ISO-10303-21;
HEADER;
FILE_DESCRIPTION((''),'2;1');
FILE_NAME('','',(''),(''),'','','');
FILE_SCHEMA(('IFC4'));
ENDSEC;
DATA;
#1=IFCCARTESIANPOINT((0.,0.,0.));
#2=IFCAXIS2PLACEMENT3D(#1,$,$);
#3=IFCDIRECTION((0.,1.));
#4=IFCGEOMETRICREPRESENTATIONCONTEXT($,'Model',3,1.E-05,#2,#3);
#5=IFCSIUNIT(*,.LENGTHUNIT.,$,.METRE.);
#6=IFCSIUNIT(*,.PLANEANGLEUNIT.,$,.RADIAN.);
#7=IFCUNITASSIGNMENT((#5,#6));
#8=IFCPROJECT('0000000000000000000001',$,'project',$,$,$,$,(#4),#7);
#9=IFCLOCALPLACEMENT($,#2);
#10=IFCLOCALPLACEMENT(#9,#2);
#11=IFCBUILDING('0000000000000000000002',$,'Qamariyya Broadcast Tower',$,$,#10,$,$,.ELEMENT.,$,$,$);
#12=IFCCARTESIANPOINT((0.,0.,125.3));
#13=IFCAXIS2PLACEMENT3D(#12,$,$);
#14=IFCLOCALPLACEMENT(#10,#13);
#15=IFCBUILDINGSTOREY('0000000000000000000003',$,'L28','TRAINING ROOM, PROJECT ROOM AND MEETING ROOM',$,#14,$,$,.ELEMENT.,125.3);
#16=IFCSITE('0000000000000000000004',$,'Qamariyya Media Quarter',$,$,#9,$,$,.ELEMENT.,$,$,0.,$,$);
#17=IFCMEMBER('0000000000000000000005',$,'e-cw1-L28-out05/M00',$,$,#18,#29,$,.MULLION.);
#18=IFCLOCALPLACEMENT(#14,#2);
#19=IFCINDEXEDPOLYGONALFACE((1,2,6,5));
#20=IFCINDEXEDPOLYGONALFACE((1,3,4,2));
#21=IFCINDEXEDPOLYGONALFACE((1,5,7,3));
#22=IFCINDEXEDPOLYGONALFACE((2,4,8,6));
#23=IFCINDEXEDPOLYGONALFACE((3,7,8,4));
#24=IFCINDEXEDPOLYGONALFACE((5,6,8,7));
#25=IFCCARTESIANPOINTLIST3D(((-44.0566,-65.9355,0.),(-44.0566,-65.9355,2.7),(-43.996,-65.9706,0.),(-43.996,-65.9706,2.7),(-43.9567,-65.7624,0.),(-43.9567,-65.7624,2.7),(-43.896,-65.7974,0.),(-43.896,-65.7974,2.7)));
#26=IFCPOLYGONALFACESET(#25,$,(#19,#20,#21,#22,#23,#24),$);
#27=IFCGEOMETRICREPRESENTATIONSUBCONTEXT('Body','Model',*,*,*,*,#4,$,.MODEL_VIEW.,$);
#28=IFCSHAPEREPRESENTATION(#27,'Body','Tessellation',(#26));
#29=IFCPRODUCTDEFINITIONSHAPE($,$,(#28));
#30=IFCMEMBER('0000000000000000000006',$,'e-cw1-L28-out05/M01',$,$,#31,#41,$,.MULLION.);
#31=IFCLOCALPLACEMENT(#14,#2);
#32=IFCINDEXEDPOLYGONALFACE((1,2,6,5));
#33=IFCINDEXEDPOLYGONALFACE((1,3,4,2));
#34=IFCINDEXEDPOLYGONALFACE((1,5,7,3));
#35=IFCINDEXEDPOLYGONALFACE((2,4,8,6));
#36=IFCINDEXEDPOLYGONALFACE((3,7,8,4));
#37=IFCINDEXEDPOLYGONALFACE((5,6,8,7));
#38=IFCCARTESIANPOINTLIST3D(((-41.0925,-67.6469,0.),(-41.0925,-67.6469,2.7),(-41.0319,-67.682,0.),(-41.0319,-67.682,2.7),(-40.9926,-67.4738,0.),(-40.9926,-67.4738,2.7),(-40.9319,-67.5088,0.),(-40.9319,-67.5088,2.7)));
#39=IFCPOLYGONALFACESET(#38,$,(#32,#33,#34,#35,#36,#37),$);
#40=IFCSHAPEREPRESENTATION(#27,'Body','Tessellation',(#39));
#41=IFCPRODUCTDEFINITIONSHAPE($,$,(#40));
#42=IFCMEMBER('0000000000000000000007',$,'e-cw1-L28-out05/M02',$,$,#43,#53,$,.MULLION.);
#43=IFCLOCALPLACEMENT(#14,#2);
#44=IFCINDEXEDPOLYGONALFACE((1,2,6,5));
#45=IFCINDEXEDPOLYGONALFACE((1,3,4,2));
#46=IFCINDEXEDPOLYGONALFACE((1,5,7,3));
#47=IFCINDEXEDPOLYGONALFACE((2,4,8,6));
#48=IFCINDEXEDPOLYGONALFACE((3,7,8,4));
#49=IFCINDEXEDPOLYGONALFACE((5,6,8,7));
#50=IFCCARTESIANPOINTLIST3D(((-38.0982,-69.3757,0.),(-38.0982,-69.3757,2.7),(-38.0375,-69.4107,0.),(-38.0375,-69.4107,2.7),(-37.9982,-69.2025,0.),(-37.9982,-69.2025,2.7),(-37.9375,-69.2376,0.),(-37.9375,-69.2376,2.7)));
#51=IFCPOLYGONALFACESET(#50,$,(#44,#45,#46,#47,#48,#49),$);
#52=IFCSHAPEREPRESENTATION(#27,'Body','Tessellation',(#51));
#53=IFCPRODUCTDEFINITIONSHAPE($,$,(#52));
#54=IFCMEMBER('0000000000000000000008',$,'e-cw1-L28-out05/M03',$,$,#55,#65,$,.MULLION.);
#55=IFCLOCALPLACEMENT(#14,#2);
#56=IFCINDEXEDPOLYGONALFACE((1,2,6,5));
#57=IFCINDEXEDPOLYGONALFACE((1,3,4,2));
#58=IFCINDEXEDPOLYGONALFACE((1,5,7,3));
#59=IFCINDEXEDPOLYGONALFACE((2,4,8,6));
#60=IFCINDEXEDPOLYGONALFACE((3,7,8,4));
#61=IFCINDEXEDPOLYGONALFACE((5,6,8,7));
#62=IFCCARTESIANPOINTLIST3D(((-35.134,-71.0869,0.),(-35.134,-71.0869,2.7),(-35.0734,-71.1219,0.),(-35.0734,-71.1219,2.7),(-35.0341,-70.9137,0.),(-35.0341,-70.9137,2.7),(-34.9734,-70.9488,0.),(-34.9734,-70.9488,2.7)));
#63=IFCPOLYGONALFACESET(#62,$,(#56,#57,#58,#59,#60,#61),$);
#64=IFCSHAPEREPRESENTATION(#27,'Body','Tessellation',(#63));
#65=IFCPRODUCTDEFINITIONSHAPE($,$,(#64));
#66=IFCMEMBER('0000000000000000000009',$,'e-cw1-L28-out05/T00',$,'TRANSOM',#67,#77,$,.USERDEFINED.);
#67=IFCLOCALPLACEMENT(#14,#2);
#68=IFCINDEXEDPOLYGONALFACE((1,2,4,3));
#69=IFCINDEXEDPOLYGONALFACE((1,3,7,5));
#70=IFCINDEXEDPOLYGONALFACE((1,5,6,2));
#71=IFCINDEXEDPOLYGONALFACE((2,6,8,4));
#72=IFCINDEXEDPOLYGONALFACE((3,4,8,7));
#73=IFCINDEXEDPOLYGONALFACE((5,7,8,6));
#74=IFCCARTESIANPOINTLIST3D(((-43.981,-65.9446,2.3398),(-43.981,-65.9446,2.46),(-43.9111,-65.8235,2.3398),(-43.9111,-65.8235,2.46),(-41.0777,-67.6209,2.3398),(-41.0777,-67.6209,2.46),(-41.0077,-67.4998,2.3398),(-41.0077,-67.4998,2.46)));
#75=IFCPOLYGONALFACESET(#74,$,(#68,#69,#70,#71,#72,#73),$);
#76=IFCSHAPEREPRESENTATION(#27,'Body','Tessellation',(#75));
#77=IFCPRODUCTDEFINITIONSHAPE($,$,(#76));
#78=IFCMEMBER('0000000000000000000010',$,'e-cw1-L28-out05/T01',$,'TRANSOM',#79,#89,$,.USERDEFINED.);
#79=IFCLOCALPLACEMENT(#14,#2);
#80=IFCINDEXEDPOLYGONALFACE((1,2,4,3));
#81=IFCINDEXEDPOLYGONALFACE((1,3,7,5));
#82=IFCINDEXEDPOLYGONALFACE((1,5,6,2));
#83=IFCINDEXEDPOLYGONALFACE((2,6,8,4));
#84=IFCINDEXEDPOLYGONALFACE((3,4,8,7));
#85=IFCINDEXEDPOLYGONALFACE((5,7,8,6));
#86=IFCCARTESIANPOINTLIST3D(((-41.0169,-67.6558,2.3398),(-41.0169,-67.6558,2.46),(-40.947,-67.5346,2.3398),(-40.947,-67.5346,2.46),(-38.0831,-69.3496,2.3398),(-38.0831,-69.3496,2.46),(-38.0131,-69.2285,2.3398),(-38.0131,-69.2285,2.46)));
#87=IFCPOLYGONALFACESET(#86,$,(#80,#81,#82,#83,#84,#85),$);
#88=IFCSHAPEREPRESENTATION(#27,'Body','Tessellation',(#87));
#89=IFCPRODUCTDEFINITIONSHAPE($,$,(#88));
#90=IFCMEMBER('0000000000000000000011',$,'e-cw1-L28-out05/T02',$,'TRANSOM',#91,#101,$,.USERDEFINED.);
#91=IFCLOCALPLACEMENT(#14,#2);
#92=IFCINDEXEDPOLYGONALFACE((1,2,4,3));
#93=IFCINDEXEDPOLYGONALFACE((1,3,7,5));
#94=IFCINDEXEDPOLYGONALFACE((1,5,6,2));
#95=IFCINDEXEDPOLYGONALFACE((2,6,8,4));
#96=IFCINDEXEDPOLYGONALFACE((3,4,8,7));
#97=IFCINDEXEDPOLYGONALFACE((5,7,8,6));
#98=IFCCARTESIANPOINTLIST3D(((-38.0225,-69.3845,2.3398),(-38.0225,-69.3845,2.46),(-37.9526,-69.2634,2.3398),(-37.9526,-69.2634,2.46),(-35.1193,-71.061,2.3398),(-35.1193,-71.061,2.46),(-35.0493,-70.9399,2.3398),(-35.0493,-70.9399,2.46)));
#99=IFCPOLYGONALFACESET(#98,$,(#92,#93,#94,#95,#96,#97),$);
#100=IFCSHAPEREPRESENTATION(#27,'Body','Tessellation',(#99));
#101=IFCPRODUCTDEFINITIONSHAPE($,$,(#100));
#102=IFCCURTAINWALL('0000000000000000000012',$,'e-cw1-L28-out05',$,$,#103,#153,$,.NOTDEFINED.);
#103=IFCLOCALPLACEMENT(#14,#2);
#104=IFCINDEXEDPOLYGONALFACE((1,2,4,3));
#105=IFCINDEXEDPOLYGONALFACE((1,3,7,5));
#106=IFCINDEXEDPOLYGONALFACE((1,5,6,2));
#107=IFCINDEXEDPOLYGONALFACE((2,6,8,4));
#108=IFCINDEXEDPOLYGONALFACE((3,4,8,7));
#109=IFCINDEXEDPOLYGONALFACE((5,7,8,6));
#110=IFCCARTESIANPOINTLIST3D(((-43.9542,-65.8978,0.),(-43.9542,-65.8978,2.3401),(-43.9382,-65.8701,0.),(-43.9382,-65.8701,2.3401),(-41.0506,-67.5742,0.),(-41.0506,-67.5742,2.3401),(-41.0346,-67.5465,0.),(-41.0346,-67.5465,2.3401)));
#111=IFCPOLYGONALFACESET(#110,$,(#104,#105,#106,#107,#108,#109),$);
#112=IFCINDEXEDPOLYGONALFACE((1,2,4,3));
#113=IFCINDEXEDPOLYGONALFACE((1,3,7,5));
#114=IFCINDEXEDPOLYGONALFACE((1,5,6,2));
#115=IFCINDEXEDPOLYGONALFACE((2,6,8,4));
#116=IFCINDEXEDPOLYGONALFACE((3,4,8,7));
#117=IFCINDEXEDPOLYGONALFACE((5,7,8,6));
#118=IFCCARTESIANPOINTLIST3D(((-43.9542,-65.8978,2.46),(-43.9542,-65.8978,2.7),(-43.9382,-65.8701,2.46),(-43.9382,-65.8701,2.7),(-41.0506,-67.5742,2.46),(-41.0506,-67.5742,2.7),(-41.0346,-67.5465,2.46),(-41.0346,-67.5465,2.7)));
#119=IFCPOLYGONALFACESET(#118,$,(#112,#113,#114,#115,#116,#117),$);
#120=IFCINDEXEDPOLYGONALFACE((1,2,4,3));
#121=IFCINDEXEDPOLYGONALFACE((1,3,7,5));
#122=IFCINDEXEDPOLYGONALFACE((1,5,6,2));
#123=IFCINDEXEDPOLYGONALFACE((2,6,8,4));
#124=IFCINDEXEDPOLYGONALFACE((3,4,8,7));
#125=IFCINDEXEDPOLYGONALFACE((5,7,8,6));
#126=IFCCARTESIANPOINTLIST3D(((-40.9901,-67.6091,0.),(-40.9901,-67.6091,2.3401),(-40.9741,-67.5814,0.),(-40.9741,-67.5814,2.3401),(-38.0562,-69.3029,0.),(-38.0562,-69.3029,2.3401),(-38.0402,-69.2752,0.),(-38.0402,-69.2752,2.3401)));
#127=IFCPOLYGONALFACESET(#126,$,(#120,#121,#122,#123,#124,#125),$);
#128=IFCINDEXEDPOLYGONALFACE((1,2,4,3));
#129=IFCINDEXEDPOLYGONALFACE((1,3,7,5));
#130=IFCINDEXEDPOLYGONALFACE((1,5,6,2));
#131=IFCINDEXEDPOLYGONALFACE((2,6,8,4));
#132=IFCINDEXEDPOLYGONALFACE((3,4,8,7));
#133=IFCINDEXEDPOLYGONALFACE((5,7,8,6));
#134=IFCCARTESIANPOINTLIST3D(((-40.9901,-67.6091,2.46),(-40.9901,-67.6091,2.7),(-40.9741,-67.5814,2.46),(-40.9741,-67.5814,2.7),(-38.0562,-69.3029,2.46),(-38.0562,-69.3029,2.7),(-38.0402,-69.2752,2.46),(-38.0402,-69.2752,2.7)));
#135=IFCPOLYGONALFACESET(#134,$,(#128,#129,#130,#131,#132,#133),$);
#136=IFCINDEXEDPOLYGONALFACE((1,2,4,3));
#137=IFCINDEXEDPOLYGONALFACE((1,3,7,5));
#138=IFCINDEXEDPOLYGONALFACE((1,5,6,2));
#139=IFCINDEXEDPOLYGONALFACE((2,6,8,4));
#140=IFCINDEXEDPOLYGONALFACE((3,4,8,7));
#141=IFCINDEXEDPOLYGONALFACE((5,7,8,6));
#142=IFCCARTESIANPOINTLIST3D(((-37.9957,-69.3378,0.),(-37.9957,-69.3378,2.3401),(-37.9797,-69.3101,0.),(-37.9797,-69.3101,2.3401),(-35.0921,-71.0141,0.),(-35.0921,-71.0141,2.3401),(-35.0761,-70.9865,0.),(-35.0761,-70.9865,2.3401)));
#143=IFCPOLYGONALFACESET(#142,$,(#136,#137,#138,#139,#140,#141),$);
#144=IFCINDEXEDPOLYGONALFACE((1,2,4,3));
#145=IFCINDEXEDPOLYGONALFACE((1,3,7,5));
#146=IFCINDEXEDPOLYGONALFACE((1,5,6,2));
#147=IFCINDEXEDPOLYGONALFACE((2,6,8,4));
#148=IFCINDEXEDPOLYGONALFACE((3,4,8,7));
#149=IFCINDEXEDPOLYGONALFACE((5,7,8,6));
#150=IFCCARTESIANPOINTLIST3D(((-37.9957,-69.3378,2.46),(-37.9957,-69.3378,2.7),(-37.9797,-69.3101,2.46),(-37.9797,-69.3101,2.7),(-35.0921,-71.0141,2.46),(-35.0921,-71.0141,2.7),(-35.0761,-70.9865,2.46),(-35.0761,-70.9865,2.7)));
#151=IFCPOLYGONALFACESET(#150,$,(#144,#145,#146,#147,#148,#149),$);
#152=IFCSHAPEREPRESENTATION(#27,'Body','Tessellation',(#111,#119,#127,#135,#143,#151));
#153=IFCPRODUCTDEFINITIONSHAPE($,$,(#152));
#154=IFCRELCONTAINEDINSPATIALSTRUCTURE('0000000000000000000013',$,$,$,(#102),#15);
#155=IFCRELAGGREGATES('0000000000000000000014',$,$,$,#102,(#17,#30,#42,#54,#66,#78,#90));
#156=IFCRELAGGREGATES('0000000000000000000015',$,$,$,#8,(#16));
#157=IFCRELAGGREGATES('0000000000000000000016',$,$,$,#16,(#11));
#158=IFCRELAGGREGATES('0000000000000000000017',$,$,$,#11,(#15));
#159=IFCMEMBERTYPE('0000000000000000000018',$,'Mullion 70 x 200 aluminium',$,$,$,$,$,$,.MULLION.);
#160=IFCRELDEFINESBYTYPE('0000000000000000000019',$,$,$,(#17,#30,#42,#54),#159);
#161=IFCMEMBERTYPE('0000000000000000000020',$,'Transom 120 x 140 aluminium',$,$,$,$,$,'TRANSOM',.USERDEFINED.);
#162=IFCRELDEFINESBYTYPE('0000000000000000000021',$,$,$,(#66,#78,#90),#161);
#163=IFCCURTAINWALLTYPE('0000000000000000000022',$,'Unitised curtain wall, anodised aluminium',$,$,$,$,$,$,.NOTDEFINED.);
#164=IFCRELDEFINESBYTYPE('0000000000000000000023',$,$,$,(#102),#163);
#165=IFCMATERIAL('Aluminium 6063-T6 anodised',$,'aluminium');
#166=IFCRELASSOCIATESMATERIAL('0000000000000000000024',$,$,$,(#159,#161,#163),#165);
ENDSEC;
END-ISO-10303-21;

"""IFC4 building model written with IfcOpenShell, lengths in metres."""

from ifc_helpers import new_model, si_unit, direction, frame, origin, origin_2d, place, context, subcontext, project, spatial, rectangle, extrude, material, material_profile, profile_set, type_object, element, aggregate, save


model = new_model("IFC4")

# Units and contexts
model_context = context("Model", 3, precision=1e-05, world=origin(), true_north=direction((0.0, 1.0)))
body_context = subcontext(model_context, "Body", "Model", "MODEL_VIEW")
ifc_project = project(units=[si_unit("LENGTHUNIT", "METRE"), si_unit("PLANEANGLEUNIT", "RADIAN")], contexts=[model_context])

# Members
ifc_material = material(Name="Aluminium 6063-T6 anodised", Category="aluminium")
ifc_material_profile_1 = material_profile(ifc_material, rectangle(XDim=0.2, YDim=0.0701, at=origin_2d()))
ifc_profile_set_1 = profile_set([ifc_material_profile_1], Name="Aluminium 6063-T6 anodised")
member_type_1 = type_object("IfcMemberType", Name="Mullion 70 x 200 aluminium", PredefinedType="MULLION", material=ifc_profile_set_1)
site_placement = place(None, origin())
building_placement = place(site_placement, origin())
storey_placement = place(building_placement, frame((0.0, 0.0, 125.3)))
member_1_placement = place(storey_placement, frame((-43.9763, -65.8665, 0.0), z_axis=(0.0, 0.0, 1.0), x_axis=(0.5, 0.866025, 0.0)))
member_1 = element("IfcMember", 1, at=member_1_placement, type_object=member_type_1, Name="e-cw1-L28-out05/M00", PredefinedType="MULLION", context=body_context, shape_type="SweptSolid", body=[
    extrude(rectangle(XDim=0.2, YDim=0.0701, at=origin_2d()), origin(), (0.0, 0.0, 1.0), 2.7),
])
member_2_placement = place(storey_placement, frame((-41.0122, -67.5779, 0.0), z_axis=(0.0, 0.0, 1.0), x_axis=(0.5, 0.866025, 0.0)))
member_2 = element("IfcMember", 2, at=member_2_placement, type_object=member_type_1, Name="e-cw1-L28-out05/M01", PredefinedType="MULLION", context=body_context, shape_type="SweptSolid", body=[
    extrude(rectangle(XDim=0.2, YDim=0.0701, at=origin_2d()), origin(), (0.0, 0.0, 1.0), 2.7),
])
member_3_placement = place(storey_placement, frame((-38.0178, -69.3066, 0.0), z_axis=(0.0, 0.0, 1.0), x_axis=(0.5, 0.866025, 0.0)))
member_3 = element("IfcMember", 3, at=member_3_placement, type_object=member_type_1, Name="e-cw1-L28-out05/M02", PredefinedType="MULLION", context=body_context, shape_type="SweptSolid", body=[
    extrude(rectangle(XDim=0.2, YDim=0.0701, at=origin_2d()), origin(), (0.0, 0.0, 1.0), 2.7),
])
member_4_placement = place(storey_placement, frame((-35.0537, -71.0178, 0.0), z_axis=(0.0, 0.0, 1.0), x_axis=(0.5, 0.866025, 0.0)))
member_4 = element("IfcMember", 4, at=member_4_placement, type_object=member_type_1, Name="e-cw1-L28-out05/M03", PredefinedType="MULLION", context=body_context, shape_type="SweptSolid", body=[
    extrude(rectangle(XDim=0.2, YDim=0.0701, at=origin_2d()), origin(), (0.0, 0.0, 1.0), 2.7),
])
ifc_material_profile_2 = material_profile(ifc_material, rectangle(XDim=0.1399, YDim=0.1201, at=origin_2d()))
ifc_profile_set_2 = profile_set([ifc_material_profile_2], Name="Aluminium 6063-T6 anodised")
member_type_2 = type_object("IfcMemberType", Name="Transom 120 x 140 aluminium", ElementType="TRANSOM", PredefinedType="USERDEFINED", material=ifc_profile_set_2)
member_5_placement = place(storey_placement, frame((-43.946, -65.884, 2.3999), z_axis=(0.866021, -0.500008, 0.0), x_axis=(0.500008, 0.866021, 0.0)))
member_5 = element("IfcMember", 5, at=member_5_placement, type_object=member_type_2, Name="e-cw1-L28-out05/T00", ObjectType="TRANSOM", PredefinedType="USERDEFINED", context=body_context, shape_type="SweptSolid", body=[
    extrude(rectangle(XDim=0.1399, YDim=0.1201, at=origin_2d()), origin(), (0.0, 0.0, 1.0), 3.3525),
])
member_6_placement = place(storey_placement, frame((-40.9819, -67.5952, 2.3999), z_axis=(0.866026, -0.499999, 0.0), x_axis=(0.499999, 0.866026, 0.0)))
member_6 = element("IfcMember", 6, at=member_6_placement, type_object=member_type_2, Name="e-cw1-L28-out05/T01", ObjectType="TRANSOM", PredefinedType="USERDEFINED", context=body_context, shape_type="SweptSolid", body=[
    extrude(rectangle(XDim=0.1399, YDim=0.1201, at=origin_2d()), origin(), (0.0, 0.0, 1.0), 3.3877),
])
member_7_placement = place(storey_placement, frame((-37.9875, -69.324, 2.3999), z_axis=(0.865989, -0.500063, 0.0), x_axis=(0.500063, 0.865989, 0.0)))
member_7 = element("IfcMember", 7, at=member_7_placement, type_object=member_type_2, Name="e-cw1-L28-out05/T02", ObjectType="TRANSOM", PredefinedType="USERDEFINED", context=body_context, shape_type="SweptSolid", body=[
    extrude(rectangle(XDim=0.1399, YDim=0.1201, at=origin_2d()), origin(), (0.0, 0.0, 1.0), 3.3525),
])

# Site, building, storey
site = spatial("IfcSite", under=ifc_project, at=site_placement, Name="Qamariyya Media Quarter", CompositionType="ELEMENT", RefElevation=0.0)
building = spatial("IfcBuilding", under=site, at=building_placement, Name="Qamariyya Broadcast Tower", CompositionType="ELEMENT")
storey = spatial("IfcBuildingStorey", under=building, at=storey_placement, Name="L28", Description="TRAINING ROOM, PROJECT ROOM AND MEETING ROOM", CompositionType="ELEMENT", Elevation=125.3)

# Curtain wall
curtain_wall_type = type_object("IfcCurtainWallType", Name="Unitised curtain wall, anodised aluminium", PredefinedType="NOTDEFINED", material=ifc_material)
curtain_wall_1_placement = place(storey_placement, origin())
curtain_wall_1 = element("IfcCurtainWall", 8, at=curtain_wall_1_placement, inside=storey, type_object=curtain_wall_type, Name="e-cw1-L28-out05", PredefinedType="NOTDEFINED", context=body_context, shape_type="SweptSolid", body=[
    extrude(rectangle(XDim=3.3528, YDim=0.032, at=origin_2d()), frame((-42.4944, -66.7222, 0.0), x_axis=(0.866027, -0.499997, 0.0)), (0.0, 0.0, 1.0), 2.3401),
    extrude(rectangle(XDim=3.3528, YDim=0.032, at=origin_2d()), frame((-42.4944, -66.7222, 2.46), x_axis=(0.866027, -0.499997, 0.0)), (0.0, 0.0, 1.0), 0.24),
    extrude(rectangle(XDim=3.3877, YDim=0.032, at=origin_2d()), frame((-39.5151, -68.4421, 0.0), x_axis=(0.866027, -0.499997, 0.0)), (0.0, 0.0, 1.0), 2.3401),
    extrude(rectangle(XDim=3.3877, YDim=0.032, at=origin_2d()), frame((-39.5151, -68.4421, 2.46), x_axis=(0.866027, -0.499997, 0.0)), (0.0, 0.0, 1.0), 0.24),
    extrude(rectangle(XDim=3.3528, YDim=0.032, at=origin_2d()), frame((-36.5359, -70.1621, 0.0), x_axis=(0.866027, -0.499997, 0.0)), (0.0, 0.0, 1.0), 2.3401),
    extrude(rectangle(XDim=3.3528, YDim=0.032, at=origin_2d()), frame((-36.5359, -70.1621, 2.46), x_axis=(0.866027, -0.499997, 0.0)), (0.0, 0.0, 1.0), 0.24),
])
aggregate(curtain_wall_1, [member_1, member_2, member_3, member_4, member_5, member_6, member_7])

save(model, "model.ifc")
